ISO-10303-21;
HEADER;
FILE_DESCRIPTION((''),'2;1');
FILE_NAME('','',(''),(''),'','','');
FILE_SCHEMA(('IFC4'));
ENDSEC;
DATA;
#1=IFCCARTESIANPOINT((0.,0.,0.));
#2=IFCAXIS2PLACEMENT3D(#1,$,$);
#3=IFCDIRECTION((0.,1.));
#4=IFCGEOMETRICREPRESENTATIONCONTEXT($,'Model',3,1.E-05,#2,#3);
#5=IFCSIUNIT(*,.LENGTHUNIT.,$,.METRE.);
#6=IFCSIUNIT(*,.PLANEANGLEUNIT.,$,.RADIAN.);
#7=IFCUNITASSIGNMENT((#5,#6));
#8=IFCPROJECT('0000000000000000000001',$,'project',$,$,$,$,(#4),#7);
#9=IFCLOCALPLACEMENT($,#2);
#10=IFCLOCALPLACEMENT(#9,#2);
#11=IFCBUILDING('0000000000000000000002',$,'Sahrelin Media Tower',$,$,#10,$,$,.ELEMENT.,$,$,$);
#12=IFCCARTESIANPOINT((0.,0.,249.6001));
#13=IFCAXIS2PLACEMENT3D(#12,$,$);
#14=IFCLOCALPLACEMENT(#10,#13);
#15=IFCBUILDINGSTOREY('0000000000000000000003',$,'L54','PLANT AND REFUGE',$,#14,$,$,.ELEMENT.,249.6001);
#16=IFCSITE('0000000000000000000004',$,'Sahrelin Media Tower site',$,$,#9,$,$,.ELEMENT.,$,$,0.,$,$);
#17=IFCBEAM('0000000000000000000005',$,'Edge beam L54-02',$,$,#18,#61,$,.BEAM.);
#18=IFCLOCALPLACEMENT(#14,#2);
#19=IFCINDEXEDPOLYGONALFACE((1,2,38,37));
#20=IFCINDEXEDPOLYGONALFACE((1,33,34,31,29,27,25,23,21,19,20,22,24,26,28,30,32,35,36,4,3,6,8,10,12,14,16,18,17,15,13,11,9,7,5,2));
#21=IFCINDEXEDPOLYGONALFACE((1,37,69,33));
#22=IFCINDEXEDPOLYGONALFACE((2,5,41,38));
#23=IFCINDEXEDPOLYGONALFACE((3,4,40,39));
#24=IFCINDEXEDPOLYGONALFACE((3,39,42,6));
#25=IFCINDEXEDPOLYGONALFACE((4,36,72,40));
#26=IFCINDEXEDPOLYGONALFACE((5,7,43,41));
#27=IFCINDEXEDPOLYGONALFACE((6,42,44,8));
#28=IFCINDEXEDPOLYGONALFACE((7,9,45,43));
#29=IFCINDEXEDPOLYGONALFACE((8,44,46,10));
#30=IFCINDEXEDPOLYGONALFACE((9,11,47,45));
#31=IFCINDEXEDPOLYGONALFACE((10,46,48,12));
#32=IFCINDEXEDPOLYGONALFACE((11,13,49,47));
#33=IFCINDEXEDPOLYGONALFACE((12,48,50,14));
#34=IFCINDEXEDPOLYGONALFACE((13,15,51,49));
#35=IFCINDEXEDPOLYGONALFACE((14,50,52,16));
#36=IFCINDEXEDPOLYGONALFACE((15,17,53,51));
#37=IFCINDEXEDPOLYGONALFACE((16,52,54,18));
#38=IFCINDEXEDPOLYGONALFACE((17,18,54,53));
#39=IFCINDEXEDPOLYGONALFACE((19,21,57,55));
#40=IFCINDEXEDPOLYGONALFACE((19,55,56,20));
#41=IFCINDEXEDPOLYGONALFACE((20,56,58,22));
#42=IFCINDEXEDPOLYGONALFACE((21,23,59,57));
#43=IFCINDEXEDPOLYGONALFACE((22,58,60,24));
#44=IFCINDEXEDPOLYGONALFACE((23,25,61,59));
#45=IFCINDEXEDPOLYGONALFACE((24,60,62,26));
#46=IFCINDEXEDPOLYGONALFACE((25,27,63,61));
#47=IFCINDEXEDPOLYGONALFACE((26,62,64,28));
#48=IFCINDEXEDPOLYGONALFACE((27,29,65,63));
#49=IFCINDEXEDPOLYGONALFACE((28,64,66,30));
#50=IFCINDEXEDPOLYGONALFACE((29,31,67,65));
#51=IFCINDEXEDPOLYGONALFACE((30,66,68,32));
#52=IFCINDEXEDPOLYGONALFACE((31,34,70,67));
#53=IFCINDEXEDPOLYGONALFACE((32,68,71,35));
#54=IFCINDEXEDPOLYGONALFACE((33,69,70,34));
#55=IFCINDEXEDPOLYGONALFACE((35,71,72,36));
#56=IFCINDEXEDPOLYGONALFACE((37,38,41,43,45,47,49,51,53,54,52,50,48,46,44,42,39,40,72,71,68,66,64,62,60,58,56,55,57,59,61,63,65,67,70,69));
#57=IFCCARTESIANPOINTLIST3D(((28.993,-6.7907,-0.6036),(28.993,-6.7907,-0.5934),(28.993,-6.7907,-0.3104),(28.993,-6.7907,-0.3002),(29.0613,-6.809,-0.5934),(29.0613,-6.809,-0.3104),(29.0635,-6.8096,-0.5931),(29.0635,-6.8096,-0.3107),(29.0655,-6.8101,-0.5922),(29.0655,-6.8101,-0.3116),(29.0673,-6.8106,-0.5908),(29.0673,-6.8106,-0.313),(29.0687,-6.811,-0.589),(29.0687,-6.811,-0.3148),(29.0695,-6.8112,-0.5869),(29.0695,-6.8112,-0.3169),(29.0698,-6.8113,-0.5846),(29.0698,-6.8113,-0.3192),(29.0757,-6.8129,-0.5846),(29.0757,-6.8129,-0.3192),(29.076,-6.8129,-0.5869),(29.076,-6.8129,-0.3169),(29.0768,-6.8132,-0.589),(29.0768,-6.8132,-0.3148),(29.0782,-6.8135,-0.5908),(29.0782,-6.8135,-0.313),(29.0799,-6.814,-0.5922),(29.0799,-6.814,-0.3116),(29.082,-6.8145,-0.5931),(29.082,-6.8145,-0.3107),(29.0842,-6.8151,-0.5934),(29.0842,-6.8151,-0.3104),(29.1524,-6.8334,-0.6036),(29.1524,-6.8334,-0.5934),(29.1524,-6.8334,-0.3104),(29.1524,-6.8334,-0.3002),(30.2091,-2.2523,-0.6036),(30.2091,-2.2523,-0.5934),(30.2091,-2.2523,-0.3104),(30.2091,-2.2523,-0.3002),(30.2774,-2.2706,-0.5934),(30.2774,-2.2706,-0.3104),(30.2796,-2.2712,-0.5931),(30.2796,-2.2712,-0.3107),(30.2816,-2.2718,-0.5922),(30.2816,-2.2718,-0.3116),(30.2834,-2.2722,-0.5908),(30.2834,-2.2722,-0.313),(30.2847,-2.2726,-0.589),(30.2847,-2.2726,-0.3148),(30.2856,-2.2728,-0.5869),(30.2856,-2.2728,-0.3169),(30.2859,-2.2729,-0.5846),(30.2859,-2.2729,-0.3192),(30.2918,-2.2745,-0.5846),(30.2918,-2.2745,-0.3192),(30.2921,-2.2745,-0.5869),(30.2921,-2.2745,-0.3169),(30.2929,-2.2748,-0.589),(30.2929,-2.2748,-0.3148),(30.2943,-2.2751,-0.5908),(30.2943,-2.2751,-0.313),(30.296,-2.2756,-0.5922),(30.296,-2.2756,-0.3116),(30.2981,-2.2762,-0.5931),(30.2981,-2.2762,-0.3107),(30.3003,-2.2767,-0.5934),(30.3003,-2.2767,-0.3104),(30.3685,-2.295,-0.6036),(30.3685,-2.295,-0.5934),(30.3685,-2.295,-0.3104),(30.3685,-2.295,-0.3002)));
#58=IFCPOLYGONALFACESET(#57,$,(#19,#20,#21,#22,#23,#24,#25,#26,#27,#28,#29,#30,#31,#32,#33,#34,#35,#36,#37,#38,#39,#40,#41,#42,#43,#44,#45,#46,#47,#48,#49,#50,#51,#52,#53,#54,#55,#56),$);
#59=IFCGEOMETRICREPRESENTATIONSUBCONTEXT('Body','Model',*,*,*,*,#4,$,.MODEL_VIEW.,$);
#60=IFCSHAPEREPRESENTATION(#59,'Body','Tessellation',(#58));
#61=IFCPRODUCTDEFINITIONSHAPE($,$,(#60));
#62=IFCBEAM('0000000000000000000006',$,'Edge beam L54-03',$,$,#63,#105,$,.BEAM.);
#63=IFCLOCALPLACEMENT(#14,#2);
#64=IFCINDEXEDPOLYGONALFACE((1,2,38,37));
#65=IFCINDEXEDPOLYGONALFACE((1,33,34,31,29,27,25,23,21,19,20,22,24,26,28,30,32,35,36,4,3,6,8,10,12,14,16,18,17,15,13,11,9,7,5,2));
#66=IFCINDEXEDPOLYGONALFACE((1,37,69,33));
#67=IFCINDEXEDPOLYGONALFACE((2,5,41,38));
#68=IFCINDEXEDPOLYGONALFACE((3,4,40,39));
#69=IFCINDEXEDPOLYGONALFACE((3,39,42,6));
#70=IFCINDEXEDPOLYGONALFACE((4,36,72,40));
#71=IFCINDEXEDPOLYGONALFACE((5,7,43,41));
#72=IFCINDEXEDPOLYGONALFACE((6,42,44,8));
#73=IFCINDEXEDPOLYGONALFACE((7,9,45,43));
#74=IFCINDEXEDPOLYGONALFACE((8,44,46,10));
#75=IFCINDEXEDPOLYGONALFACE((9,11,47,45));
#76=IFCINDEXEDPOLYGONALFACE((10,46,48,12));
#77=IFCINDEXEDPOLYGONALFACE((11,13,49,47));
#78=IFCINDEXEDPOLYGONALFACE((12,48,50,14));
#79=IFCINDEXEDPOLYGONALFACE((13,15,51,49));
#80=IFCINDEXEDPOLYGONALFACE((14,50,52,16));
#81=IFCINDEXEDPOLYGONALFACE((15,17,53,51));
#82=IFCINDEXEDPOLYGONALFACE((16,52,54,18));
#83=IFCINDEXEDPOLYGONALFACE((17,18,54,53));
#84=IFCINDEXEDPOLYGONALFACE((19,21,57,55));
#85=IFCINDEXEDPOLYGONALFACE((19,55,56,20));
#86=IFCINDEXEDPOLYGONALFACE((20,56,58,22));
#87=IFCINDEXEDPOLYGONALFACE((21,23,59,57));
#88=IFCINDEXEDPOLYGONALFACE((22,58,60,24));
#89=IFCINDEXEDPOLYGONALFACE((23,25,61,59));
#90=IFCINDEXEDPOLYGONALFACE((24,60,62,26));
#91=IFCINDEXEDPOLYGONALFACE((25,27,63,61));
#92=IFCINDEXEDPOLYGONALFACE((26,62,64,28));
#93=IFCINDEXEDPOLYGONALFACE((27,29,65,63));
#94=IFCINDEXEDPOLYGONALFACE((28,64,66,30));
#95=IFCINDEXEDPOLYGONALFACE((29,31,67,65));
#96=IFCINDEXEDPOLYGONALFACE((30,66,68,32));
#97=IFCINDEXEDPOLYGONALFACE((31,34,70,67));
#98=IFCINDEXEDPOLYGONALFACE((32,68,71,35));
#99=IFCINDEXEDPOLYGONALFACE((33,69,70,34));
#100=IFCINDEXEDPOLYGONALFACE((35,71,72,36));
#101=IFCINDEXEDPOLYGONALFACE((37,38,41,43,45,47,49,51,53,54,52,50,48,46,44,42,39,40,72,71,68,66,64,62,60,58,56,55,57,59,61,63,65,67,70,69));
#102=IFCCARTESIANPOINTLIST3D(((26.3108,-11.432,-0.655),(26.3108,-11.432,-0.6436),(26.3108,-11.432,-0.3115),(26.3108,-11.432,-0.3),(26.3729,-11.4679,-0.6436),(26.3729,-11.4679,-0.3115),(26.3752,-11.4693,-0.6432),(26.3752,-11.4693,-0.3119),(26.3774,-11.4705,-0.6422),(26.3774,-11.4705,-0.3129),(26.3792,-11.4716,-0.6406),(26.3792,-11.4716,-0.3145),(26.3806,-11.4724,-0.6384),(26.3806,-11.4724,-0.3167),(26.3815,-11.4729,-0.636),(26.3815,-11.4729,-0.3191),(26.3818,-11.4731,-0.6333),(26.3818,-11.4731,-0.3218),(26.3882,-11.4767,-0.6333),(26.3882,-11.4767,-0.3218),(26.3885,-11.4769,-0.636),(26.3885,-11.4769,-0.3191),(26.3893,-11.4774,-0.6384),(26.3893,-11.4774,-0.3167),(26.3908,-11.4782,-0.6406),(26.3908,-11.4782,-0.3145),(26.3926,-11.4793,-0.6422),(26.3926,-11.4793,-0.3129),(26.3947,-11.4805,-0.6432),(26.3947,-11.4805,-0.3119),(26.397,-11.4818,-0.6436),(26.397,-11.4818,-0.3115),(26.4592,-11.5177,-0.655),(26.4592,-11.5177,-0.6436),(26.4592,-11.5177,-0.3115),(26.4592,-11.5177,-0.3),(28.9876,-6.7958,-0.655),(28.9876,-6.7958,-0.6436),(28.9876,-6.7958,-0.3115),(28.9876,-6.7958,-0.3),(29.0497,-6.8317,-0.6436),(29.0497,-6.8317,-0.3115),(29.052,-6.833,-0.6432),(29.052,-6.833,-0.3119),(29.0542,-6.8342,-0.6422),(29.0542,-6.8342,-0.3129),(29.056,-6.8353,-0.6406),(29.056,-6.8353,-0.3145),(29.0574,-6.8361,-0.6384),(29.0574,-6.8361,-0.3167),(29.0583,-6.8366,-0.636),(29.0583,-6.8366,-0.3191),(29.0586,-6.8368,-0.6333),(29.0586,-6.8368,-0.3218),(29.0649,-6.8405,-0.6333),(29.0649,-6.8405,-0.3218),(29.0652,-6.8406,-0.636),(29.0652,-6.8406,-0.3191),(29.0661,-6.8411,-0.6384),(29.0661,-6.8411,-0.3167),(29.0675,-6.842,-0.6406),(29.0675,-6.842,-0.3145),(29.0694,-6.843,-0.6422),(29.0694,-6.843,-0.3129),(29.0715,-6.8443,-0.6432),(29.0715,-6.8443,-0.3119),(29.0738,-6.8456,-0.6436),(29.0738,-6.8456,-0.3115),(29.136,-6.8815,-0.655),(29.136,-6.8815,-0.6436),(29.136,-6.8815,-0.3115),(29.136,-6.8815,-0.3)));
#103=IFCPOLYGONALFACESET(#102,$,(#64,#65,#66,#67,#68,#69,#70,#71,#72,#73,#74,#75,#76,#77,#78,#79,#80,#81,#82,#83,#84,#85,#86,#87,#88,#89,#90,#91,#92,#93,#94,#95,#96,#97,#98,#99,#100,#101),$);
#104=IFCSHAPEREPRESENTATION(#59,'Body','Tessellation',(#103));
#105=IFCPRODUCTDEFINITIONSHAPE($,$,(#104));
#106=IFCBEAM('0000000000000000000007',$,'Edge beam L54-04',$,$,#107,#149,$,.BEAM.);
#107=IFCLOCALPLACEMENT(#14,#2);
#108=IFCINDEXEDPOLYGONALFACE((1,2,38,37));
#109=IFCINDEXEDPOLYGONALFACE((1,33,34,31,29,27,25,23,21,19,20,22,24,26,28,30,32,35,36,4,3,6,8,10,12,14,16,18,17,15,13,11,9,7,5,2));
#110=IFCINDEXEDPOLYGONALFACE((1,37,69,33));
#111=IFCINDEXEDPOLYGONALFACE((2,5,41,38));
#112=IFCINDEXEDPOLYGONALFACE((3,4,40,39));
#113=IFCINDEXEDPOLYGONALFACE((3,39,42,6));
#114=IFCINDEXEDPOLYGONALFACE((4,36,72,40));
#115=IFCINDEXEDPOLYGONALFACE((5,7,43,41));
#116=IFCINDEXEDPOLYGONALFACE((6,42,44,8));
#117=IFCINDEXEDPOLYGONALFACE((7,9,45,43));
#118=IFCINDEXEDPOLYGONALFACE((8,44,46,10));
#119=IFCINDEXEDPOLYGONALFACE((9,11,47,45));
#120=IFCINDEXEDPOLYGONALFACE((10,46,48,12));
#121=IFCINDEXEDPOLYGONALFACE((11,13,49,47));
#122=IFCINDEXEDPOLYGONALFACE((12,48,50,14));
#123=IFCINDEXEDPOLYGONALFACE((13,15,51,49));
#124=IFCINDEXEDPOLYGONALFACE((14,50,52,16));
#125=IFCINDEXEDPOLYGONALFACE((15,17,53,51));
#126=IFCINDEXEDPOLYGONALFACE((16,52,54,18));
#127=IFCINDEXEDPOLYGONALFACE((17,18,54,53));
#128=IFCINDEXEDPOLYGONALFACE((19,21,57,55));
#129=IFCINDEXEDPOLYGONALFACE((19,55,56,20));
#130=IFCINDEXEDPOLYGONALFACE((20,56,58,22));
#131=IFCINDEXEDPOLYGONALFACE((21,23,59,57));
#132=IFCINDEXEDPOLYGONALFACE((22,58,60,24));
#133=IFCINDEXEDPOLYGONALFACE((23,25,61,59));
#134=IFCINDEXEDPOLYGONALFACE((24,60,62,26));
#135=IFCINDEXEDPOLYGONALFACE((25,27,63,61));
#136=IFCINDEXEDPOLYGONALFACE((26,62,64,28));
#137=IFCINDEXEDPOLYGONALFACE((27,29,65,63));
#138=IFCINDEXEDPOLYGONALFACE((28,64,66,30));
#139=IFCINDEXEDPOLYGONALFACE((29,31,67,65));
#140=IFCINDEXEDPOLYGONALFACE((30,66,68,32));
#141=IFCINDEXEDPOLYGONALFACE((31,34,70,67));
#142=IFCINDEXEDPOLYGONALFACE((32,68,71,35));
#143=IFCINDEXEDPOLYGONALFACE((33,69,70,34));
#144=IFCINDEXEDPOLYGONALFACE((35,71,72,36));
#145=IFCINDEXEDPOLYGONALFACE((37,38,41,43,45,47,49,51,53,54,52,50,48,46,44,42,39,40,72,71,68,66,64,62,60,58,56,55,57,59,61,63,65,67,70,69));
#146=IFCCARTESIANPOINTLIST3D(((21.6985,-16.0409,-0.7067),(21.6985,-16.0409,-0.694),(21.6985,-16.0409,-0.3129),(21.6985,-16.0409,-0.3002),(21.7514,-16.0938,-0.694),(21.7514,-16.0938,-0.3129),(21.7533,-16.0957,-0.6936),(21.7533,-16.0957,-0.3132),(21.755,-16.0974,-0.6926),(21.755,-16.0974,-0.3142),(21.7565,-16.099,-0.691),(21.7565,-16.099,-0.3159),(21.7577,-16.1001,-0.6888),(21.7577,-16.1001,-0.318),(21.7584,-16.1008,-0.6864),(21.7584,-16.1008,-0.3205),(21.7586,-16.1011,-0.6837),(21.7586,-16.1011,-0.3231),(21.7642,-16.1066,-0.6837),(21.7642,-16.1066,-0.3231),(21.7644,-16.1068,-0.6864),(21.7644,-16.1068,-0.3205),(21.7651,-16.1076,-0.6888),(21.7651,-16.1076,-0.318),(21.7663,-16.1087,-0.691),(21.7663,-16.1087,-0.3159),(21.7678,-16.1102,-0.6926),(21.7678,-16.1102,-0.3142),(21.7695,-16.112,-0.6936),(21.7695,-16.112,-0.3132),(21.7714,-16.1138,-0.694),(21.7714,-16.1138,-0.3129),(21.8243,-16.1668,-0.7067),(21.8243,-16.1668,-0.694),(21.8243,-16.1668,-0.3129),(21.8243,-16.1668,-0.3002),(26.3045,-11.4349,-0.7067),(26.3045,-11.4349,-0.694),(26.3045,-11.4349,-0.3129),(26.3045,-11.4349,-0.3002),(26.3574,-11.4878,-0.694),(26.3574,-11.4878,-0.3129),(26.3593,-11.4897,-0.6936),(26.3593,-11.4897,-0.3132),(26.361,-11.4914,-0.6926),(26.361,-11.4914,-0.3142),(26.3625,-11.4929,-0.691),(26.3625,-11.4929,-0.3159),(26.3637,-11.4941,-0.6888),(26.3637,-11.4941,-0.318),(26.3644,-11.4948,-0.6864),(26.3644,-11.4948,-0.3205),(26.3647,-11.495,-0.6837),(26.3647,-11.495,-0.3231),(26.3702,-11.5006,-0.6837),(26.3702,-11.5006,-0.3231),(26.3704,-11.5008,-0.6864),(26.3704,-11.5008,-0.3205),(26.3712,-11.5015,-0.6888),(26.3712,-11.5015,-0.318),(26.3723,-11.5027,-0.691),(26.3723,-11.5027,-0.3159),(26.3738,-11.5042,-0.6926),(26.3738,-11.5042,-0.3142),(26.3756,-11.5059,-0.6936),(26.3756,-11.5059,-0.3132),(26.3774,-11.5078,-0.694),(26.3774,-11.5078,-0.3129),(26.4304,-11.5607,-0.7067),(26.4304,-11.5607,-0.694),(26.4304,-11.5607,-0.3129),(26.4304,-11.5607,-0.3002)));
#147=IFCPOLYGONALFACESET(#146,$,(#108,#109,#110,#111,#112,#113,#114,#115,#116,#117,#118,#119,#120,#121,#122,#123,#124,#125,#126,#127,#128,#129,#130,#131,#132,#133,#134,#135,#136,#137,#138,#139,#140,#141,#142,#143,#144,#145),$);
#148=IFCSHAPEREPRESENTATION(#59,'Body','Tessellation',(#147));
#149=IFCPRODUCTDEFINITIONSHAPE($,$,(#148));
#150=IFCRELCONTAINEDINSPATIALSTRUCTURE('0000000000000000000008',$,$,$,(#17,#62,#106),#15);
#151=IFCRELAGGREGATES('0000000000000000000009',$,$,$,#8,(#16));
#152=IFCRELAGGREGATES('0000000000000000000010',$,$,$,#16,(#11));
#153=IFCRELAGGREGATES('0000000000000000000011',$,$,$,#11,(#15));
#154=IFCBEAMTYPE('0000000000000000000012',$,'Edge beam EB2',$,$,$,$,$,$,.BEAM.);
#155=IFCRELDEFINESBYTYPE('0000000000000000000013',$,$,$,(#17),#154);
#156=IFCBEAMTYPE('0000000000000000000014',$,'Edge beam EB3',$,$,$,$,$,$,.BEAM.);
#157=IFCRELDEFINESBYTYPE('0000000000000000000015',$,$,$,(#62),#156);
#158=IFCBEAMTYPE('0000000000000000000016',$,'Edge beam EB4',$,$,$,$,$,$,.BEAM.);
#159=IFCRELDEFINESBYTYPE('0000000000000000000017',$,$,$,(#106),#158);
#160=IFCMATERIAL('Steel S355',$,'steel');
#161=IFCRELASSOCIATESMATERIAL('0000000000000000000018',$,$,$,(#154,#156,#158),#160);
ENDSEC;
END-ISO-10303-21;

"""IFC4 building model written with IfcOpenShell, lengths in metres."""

from ifc_helpers import new_model, si_unit, direction, frame, origin, origin_2d, place, context, subcontext, project, spatial, i_section, extrude, material, material_profile, profile_set, type_object, element, save


model = new_model("IFC4")

# Units and contexts
model_context = context("Model", 3, precision=1e-05, world=origin(), true_north=direction((0.0, 1.0)))
body_context = subcontext(model_context, "Body", "Model", "MODEL_VIEW")
ifc_project = project(units=[si_unit("LENGTHUNIT", "METRE"), si_unit("PLANEANGLEUNIT", "RADIAN")], contexts=[model_context])

# Site, building, storey
site_placement = place(None, origin())
site = spatial("IfcSite", under=ifc_project, at=site_placement, Name="Sahrelin Media Tower site", CompositionType="ELEMENT", RefElevation=0.0)
building_placement = place(site_placement, origin())
building = spatial("IfcBuilding", under=site, at=building_placement, Name="Sahrelin Media Tower", CompositionType="ELEMENT")
storey_placement = place(building_placement, frame((0.0, 0.0, 249.6001)))
storey = spatial("IfcBuildingStorey", under=building, at=storey_placement, Name="L54", Description="PLANT AND REFUGE", CompositionType="ELEMENT", Elevation=249.6001)

# Beams
ifc_material_1 = material(Name="Steel S355", Category="steel")
ifc_material_profile_1 = material_profile(ifc_material_1, i_section(OverallWidth=0.165, OverallDepth=0.3035, WebThickness=0.0061, FlangeThickness=0.0103, FilletRadius=0.0088, at=origin_2d()), Name="UB 305x165x40")
ifc_profile_set_1 = profile_set([ifc_material_profile_1], Name="Steel S355")
beam_type_1 = type_object("IfcBeamType", Name="Edge beam EB2", PredefinedType="BEAM", material=ifc_profile_set_1)
beam_1_placement = place(storey_placement, frame((30.2888, -2.2737, -0.4519), z_axis=(-0.258824, -0.965925, 0.0), x_axis=(0.965925, -0.258824, 0.0)))
element("IfcBeam", 1, at=beam_1_placement, inside=storey, type_object=beam_type_1, Name="Edge beam L54-02", PredefinedType="BEAM", context=body_context, shape_type="SweptSolid", body=[
    extrude(i_section(OverallWidth=0.165, OverallDepth=0.3035, WebThickness=0.0061, FlangeThickness=0.0103, FilletRadius=0.0088, at=origin_2d()), origin(), (0.0, 0.0, 1.0), 4.6985),
])
ifc_material_profile_2 = material_profile(ifc_material_1, i_section(OverallWidth=0.1714, OverallDepth=0.355, WebThickness=0.0073, FlangeThickness=0.0115, FilletRadius=0.0103, at=origin_2d()), Name="UB 356x171x51")
ifc_profile_set_2 = profile_set([ifc_material_profile_2], Name="Steel S355")
beam_type_2 = type_object("IfcBeamType", Name="Edge beam EB3", PredefinedType="BEAM", material=ifc_profile_set_2)
beam_2_placement = place(storey_placement, frame((29.0618, -6.8386, -0.4775), z_axis=(-0.500004, -0.866023, 0.0), x_axis=(0.866023, -0.500004, 0.0)))
element("IfcBeam", 2, at=beam_2_placement, inside=storey, type_object=beam_type_2, Name="Edge beam L54-03", PredefinedType="BEAM", context=body_context, shape_type="SweptSolid", body=[
    extrude(i_section(OverallWidth=0.1714, OverallDepth=0.355, WebThickness=0.0073, FlangeThickness=0.0115, FilletRadius=0.0103, at=origin_2d()), origin(), (0.0, 0.0, 1.0), 5.3535),
])
ifc_material_profile_3 = material_profile(ifc_material_1, i_section(OverallWidth=0.178, OverallDepth=0.4065, WebThickness=0.0078, FlangeThickness=0.0127, FilletRadius=0.0103, at=origin_2d()), Name="UB 406x178x60")
ifc_profile_set_3 = profile_set([ifc_material_profile_3], Name="Steel S355")
beam_type_3 = type_object("IfcBeamType", Name="Edge beam EB4", PredefinedType="BEAM", material=ifc_profile_set_3)
beam_3_placement = place(storey_placement, frame((26.3674, -11.4978, -0.5034), z_axis=(-0.707107, -0.707107, 0.0), x_axis=(0.707107, -0.707107, 0.0)))
element("IfcBeam", 3, at=beam_3_placement, inside=storey, type_object=beam_type_3, Name="Edge beam L54-04", PredefinedType="BEAM", context=body_context, shape_type="SweptSolid", body=[
    extrude(i_section(OverallWidth=0.178, OverallDepth=0.4065, WebThickness=0.0078, FlangeThickness=0.0127, FilletRadius=0.0103, at=origin_2d()), origin(), (0.0, 0.0, 1.0), 6.5139),
])

save(model, "model.ifc")
